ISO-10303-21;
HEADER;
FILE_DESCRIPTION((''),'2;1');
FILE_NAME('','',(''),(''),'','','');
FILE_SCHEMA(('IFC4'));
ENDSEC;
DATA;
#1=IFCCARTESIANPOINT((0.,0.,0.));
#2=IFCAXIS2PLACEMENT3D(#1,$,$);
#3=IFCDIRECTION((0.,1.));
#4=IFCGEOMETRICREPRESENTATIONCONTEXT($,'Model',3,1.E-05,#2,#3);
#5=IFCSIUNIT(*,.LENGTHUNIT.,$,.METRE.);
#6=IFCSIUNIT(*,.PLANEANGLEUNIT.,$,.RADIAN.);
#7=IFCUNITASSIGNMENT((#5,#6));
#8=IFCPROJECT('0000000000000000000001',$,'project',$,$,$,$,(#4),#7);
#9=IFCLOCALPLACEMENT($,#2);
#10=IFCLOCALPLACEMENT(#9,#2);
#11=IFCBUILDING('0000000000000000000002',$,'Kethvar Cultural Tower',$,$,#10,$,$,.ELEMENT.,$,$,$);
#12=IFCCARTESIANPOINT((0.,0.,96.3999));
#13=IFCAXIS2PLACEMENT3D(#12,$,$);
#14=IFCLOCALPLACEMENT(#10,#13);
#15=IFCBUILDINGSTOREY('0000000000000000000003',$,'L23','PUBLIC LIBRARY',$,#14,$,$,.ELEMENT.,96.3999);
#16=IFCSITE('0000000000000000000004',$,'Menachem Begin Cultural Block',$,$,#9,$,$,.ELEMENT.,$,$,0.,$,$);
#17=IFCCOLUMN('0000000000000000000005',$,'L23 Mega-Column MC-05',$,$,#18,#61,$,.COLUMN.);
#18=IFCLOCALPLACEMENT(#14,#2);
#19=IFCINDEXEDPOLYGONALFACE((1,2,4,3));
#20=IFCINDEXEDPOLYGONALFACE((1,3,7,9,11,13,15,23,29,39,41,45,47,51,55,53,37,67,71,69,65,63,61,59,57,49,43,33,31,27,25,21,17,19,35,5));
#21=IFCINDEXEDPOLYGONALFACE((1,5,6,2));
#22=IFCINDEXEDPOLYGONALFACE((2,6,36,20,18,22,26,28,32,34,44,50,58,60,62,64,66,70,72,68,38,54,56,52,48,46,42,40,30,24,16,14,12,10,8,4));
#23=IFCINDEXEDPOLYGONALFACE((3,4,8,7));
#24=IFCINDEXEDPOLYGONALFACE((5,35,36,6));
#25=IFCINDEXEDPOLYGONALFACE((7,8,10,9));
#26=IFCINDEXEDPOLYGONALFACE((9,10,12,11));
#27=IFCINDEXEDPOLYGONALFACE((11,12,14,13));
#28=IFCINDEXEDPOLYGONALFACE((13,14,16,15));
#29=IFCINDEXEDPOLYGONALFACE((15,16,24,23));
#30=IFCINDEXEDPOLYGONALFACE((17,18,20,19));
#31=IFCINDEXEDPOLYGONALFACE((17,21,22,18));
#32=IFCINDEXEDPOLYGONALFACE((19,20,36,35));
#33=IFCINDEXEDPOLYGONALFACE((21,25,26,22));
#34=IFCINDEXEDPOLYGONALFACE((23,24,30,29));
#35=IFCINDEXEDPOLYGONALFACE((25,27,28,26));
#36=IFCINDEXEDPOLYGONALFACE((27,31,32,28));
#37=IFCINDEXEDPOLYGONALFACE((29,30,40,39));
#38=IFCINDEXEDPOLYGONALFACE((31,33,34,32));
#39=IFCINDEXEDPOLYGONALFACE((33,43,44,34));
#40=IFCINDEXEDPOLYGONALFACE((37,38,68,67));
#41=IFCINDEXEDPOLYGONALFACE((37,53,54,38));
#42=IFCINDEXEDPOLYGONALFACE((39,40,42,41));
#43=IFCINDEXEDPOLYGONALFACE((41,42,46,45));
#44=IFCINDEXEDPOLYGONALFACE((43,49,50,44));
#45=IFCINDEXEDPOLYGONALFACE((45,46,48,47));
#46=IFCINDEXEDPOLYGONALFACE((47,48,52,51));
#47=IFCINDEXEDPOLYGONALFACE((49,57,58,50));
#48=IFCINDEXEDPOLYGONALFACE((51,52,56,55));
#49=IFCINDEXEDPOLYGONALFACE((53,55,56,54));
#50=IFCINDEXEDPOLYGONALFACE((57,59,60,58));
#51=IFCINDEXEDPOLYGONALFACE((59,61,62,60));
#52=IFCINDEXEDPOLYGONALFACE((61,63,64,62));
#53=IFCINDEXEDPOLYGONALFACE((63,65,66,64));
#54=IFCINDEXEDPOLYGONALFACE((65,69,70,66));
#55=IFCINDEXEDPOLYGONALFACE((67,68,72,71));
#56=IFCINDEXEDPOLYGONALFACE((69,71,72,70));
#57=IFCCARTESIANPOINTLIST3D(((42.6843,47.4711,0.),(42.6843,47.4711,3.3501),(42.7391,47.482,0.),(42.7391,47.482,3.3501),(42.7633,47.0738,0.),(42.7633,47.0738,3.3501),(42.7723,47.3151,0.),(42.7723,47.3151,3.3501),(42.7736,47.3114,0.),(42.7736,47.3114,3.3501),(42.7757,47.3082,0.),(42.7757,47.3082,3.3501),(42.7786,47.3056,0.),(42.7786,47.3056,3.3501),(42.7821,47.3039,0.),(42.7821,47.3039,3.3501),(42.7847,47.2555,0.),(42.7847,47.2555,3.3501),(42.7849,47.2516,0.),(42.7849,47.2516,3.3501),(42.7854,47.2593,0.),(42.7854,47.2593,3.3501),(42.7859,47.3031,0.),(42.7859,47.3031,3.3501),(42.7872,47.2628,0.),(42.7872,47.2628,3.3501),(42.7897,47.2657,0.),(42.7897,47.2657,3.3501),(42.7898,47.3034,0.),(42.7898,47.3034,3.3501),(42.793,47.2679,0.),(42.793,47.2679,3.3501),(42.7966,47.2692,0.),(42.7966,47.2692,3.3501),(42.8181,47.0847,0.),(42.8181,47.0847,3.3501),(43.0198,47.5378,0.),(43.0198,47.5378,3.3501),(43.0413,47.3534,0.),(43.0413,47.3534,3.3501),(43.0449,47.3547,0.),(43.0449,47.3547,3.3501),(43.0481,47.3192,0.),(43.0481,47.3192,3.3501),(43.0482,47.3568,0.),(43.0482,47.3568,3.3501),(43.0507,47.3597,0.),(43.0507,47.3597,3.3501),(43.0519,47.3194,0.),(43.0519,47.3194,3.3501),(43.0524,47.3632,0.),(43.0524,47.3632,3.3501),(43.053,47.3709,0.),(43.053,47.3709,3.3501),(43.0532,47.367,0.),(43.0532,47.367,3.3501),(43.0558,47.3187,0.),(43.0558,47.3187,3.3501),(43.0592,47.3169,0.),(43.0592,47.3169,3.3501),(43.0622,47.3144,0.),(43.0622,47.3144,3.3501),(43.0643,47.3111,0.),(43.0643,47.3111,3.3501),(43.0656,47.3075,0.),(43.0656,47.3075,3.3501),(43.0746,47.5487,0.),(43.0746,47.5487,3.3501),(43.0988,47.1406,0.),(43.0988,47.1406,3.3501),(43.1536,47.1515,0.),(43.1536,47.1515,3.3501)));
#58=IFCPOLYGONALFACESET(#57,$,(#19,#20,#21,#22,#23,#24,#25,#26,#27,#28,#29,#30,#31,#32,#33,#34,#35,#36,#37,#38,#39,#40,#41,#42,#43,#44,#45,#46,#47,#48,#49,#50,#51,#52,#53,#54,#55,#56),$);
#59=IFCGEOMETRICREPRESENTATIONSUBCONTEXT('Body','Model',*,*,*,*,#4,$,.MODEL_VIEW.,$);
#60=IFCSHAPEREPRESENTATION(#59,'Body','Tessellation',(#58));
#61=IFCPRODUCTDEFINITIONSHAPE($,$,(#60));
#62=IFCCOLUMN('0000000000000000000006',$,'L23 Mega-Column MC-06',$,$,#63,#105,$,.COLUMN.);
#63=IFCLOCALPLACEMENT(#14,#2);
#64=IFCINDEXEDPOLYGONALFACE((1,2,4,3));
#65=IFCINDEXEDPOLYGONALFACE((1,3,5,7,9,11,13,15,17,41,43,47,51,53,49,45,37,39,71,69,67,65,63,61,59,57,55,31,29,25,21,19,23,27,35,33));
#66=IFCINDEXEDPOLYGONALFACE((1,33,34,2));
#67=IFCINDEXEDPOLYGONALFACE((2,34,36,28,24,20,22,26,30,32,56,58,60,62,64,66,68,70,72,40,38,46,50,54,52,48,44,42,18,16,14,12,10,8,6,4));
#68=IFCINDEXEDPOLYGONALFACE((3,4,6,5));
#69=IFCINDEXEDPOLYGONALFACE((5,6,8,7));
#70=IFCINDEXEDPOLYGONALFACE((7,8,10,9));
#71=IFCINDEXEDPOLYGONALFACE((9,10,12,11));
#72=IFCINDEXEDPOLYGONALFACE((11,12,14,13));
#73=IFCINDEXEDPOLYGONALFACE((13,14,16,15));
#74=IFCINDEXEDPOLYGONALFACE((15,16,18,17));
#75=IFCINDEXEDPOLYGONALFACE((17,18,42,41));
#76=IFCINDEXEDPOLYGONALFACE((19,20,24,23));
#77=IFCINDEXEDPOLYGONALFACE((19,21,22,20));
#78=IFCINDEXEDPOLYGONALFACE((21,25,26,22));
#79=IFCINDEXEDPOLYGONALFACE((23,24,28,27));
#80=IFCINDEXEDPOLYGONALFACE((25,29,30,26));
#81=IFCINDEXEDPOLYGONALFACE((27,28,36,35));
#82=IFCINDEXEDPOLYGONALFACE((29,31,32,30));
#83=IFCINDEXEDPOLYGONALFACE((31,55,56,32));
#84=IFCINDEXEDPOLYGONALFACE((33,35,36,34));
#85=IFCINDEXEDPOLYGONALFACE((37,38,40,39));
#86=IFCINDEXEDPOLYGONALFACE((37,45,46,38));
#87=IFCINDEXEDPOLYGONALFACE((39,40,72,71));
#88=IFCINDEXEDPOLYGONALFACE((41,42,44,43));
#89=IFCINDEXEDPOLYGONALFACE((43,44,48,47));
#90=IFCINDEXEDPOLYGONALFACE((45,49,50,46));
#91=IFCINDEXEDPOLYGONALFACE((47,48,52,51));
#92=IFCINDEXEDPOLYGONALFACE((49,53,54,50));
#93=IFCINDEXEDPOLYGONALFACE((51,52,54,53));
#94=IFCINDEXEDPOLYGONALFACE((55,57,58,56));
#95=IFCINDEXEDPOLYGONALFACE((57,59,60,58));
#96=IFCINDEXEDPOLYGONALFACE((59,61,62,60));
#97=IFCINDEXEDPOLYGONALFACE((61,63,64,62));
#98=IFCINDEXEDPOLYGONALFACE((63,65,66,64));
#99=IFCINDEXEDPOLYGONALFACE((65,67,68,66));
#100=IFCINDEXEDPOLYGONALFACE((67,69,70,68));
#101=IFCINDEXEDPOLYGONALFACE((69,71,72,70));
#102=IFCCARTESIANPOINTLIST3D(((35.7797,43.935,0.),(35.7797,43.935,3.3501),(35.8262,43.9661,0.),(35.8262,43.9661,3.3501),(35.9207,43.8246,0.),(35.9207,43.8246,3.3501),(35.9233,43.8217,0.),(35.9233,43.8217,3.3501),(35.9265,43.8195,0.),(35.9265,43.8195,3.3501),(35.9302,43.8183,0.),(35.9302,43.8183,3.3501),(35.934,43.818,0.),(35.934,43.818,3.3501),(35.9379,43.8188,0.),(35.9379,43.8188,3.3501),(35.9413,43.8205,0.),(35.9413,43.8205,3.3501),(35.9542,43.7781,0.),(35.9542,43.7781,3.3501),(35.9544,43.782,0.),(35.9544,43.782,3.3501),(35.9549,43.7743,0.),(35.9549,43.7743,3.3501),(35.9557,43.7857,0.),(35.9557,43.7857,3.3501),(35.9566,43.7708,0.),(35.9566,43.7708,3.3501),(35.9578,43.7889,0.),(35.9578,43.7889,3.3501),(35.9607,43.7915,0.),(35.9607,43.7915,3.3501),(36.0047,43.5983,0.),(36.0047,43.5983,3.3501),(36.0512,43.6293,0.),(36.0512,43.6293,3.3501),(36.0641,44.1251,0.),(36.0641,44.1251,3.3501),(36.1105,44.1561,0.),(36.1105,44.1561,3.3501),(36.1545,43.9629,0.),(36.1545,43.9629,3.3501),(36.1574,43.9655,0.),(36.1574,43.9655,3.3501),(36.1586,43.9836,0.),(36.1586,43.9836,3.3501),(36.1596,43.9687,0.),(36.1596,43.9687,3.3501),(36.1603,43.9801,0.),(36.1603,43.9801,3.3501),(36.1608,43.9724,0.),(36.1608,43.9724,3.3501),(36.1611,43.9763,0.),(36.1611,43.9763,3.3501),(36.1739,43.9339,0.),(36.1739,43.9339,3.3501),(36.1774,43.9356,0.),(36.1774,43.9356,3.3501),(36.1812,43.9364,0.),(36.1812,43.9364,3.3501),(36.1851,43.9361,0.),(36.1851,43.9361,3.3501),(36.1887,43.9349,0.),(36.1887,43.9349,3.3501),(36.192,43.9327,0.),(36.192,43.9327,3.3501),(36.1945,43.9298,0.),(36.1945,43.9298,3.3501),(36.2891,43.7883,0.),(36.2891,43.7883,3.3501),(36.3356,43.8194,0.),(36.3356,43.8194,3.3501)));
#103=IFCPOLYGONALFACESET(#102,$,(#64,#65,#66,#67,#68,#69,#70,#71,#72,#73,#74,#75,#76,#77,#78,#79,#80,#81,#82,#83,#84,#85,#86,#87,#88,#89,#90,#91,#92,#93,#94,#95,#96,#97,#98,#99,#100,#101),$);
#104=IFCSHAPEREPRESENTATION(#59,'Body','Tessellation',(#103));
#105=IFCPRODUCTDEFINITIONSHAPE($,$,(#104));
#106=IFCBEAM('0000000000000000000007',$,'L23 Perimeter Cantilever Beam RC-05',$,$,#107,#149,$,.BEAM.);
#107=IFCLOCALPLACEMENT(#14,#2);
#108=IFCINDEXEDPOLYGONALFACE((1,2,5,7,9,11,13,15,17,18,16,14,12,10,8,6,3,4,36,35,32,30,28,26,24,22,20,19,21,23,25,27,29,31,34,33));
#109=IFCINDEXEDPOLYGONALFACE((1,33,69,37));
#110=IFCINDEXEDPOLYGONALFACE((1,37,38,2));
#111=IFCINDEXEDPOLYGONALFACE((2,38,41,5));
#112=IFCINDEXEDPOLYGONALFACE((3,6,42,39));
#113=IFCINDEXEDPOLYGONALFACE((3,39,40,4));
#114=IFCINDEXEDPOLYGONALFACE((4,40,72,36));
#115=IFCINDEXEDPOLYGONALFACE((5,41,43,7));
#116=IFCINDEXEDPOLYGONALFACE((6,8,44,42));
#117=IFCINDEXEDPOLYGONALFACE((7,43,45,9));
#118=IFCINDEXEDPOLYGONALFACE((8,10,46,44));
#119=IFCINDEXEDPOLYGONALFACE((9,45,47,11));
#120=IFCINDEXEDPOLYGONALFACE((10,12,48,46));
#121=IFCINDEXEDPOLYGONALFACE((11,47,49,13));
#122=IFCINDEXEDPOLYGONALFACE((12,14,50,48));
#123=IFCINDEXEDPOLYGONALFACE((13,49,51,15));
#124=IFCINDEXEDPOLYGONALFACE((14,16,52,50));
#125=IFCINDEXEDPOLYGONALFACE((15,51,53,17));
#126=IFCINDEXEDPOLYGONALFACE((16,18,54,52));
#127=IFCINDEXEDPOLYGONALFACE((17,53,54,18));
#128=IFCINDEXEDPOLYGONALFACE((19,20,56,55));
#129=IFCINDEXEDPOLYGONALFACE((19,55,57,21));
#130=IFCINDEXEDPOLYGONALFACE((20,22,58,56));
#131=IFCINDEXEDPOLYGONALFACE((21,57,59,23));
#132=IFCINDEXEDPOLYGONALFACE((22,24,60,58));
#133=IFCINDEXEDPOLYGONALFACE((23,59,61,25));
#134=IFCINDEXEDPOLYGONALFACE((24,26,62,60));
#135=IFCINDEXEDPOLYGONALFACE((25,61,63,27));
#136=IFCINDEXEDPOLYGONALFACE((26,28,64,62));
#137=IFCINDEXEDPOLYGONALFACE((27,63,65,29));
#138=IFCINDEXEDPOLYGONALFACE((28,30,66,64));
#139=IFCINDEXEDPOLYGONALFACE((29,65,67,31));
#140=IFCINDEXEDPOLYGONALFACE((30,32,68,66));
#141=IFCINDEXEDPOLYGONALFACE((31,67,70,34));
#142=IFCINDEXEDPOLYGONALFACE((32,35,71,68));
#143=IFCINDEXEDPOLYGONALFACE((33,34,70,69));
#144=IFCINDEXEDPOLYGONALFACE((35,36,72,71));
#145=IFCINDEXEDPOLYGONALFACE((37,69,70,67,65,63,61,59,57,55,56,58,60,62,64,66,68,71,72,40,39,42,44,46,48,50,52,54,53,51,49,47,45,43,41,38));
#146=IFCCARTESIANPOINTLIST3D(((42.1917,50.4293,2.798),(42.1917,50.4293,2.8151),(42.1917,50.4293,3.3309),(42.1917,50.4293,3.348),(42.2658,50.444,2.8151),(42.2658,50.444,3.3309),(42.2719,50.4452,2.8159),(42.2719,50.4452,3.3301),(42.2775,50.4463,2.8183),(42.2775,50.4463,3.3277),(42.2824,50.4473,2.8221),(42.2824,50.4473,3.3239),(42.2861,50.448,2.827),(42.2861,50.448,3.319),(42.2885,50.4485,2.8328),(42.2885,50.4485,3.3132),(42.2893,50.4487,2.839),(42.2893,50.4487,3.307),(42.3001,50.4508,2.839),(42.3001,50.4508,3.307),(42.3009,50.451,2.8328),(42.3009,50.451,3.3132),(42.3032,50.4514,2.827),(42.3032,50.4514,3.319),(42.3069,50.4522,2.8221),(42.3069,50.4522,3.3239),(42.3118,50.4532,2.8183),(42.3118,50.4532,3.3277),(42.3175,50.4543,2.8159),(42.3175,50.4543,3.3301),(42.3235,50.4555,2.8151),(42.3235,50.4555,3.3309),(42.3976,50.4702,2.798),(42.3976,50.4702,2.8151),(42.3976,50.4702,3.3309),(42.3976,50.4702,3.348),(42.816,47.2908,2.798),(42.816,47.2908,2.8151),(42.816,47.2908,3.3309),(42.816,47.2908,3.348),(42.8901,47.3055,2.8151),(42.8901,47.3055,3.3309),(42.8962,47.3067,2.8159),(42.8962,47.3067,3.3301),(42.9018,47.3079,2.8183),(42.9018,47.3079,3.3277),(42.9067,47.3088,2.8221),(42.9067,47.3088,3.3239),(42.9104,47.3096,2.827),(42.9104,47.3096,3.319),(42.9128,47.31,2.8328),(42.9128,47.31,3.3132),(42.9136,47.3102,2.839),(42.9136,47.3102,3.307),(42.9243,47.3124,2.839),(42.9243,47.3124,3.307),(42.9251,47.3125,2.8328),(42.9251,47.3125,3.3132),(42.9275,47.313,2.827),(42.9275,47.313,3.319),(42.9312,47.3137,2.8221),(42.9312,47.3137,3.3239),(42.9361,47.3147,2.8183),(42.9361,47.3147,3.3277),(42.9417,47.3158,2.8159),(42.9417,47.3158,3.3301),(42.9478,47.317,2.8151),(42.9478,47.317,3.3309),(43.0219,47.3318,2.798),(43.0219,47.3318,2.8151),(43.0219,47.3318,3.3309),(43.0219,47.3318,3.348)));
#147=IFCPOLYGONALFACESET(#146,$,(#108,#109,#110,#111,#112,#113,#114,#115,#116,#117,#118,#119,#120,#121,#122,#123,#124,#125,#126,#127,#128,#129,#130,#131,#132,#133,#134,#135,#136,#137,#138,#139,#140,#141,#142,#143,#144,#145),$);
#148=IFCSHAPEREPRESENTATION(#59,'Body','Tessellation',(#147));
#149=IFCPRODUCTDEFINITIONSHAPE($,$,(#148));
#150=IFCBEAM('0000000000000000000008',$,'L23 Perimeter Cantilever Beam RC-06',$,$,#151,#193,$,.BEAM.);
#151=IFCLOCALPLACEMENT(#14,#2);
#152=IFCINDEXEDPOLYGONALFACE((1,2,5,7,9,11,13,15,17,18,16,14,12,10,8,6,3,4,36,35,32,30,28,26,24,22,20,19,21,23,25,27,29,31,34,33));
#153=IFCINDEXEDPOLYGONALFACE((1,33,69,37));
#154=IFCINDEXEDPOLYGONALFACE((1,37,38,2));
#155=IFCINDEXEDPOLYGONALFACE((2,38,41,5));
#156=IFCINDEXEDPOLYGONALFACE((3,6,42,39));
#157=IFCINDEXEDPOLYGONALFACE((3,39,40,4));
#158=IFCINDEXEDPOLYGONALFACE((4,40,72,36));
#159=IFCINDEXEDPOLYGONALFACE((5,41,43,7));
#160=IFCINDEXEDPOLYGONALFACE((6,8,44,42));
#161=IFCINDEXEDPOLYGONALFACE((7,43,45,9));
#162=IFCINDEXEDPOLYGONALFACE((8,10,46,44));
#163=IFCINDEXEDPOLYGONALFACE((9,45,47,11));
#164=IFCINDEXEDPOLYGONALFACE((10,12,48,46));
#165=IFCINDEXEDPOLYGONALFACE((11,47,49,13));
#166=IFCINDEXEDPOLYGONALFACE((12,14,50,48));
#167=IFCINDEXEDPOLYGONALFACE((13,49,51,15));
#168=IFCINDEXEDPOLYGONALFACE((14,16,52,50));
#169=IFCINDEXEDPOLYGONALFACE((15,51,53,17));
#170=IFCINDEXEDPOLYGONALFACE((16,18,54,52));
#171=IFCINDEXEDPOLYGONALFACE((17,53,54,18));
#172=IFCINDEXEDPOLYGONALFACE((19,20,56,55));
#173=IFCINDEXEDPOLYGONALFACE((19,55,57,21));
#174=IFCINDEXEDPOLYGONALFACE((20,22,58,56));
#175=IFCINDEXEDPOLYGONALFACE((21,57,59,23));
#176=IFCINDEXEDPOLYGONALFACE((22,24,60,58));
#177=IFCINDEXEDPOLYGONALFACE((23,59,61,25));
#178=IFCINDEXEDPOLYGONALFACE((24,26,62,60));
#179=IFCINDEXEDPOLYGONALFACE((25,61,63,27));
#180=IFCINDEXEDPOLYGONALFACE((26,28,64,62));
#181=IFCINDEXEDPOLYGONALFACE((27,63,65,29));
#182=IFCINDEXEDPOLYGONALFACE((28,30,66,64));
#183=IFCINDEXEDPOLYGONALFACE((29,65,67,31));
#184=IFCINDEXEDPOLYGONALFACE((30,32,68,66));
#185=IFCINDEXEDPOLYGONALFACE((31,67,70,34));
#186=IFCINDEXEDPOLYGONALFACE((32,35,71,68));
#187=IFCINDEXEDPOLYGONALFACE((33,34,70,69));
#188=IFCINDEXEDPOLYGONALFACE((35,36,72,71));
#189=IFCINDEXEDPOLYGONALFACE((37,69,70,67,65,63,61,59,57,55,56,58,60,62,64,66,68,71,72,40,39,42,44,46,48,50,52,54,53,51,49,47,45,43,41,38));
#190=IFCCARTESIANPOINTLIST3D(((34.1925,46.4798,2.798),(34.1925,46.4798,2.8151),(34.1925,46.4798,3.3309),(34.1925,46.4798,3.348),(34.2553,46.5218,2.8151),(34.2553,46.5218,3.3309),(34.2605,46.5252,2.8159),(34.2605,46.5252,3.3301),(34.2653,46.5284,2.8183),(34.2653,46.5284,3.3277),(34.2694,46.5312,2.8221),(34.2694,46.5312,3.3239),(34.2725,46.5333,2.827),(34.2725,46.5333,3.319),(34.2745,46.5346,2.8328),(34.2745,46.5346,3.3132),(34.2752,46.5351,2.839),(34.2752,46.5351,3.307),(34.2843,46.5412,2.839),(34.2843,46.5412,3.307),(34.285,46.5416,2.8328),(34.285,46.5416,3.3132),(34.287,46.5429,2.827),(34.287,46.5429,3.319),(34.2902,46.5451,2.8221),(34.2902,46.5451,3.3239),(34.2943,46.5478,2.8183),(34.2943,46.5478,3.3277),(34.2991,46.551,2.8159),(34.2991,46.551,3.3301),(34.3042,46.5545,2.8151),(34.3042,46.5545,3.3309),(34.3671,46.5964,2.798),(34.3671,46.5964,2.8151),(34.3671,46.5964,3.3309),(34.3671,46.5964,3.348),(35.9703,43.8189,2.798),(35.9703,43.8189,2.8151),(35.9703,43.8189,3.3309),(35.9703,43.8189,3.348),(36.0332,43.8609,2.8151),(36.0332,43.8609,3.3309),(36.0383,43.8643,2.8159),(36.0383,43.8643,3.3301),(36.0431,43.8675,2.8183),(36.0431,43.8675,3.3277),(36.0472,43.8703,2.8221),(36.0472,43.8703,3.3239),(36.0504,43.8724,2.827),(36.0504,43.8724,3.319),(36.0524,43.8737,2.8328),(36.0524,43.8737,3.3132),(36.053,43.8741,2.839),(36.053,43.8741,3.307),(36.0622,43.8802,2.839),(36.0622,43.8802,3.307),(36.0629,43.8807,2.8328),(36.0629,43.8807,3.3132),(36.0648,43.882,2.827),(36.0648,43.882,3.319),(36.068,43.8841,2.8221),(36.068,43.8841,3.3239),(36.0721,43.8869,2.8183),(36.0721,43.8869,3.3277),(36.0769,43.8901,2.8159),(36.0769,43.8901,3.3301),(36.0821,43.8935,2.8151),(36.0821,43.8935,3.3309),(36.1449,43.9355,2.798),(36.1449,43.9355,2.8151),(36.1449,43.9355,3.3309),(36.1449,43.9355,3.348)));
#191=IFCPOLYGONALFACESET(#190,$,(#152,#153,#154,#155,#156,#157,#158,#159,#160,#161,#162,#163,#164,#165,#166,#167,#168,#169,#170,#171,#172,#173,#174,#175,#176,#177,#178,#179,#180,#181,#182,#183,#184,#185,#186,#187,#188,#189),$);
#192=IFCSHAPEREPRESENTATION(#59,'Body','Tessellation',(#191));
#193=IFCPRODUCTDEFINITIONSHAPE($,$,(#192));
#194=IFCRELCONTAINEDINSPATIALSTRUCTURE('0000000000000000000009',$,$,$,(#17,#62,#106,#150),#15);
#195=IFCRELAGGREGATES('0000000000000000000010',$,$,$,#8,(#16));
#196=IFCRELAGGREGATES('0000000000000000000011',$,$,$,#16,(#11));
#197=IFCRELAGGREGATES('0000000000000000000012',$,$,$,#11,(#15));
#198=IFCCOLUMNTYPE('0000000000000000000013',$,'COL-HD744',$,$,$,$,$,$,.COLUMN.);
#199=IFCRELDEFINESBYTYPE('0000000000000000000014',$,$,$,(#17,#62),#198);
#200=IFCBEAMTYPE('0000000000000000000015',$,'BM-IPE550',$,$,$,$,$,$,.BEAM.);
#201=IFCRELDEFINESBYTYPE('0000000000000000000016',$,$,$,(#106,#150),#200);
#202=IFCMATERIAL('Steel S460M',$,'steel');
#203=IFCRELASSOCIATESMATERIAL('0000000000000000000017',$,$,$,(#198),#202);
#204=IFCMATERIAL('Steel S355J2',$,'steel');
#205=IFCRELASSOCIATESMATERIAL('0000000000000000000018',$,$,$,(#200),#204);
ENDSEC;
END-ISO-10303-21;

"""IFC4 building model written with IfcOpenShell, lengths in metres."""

from ifc_helpers import new_model, si_unit, direction, frame, origin, origin_2d, place, context, subcontext, project, spatial, i_section, extrude, source, transform, mapped, material, material_profile, profile_set, type_object, element, save


model = new_model("IFC4")

# Units and contexts
model_context = context("Model", 3, precision=1e-05, world=origin(), true_north=direction((0.0, 1.0)))
body_context = subcontext(model_context, "Body", "Model", "MODEL_VIEW")
ifc_project = project(units=[si_unit("LENGTHUNIT", "METRE"), si_unit("PLANEANGLEUNIT", "RADIAN")], contexts=[model_context])

# Site, building, storey
site_placement = place(None, origin())
site = spatial("IfcSite", under=ifc_project, at=site_placement, Name="Menachem Begin Cultural Block", CompositionType="ELEMENT", RefElevation=0.0)
building_placement = place(site_placement, origin())
building = spatial("IfcBuilding", under=site, at=building_placement, Name="Kethvar Cultural Tower", CompositionType="ELEMENT")
storey_placement = place(building_placement, frame((0.0, 0.0, 96.3999)))
storey = spatial("IfcBuildingStorey", under=building, at=storey_placement, Name="L23", Description="PUBLIC LIBRARY", CompositionType="ELEMENT", Elevation=96.3999)

# Columns
ifc_material_1 = material(Name="Steel S460M", Category="steel")
ifc_material_profile_1 = material_profile(ifc_material_1, i_section(OverallWidth=0.405, OverallDepth=0.3979, WebThickness=0.0349, FlangeThickness=0.0559, FilletRadius=0.0149, at=origin_2d()), Name="Steel S460M — HD400x744")
ifc_profile_set_1 = profile_set([ifc_material_profile_1], Name="Steel S460M — HD400x744")
column_type = type_object("IfcColumnType", Name="COL-HD744", PredefinedType="COLUMN", material=ifc_profile_set_1)
shared_shape_1 = source(origin(), body_context, "Body", "SweptSolid", [
    extrude(i_section(OverallWidth=0.405, OverallDepth=0.3979, WebThickness=0.0349, FlangeThickness=0.0559, FilletRadius=0.0149, at=origin_2d()), origin(), (0.0, 0.0, 1.0), 3.3501),
])
for number, where, z_axis, x_axis, name in (
    (1, (42.9189, 47.3113, 0.0), (0.0, 0.0, 1.0), (-0.19509, 0.980785, 0.0), "L23 Mega-Column MC-05"),
    (2, (36.0576, 43.8772, 0.0), (0.0, 0.0, 1.0), (-0.55557, 0.83147, 0.0), "L23 Mega-Column MC-06"),
):
    element("IfcColumn", number, at=place(storey_placement, frame(where, z_axis=z_axis, x_axis=x_axis)), inside=storey, type_object=column_type, Name=name, PredefinedType="COLUMN", context=body_context, shape_type="MappedRepresentation", body=[
        mapped(shared_shape_1, transform((0.0, 0.0, 0.0), scale=1.0)),
    ])

# Beams
ifc_material_2 = material(Name="Steel S355J2", Category="steel")
ifc_material_profile_2 = material_profile(ifc_material_2, i_section(OverallWidth=0.21, OverallDepth=0.55, WebThickness=0.011, FlangeThickness=0.0171, FilletRadius=0.0239, at=origin_2d()), Name="Steel S355J2 — IPE550")
ifc_profile_set_2 = profile_set([ifc_material_profile_2], Name="Steel S355J2 — IPE550")
beam_type_1 = type_object("IfcBeamType", Name="BM-IPE550", PredefinedType="BEAM", material=ifc_profile_set_2)
shared_shape_2 = source(origin(), body_context, "Body", "SweptSolid", [
    extrude(i_section(OverallWidth=0.21, OverallDepth=0.55, WebThickness=0.011, FlangeThickness=0.0171, FilletRadius=0.0239, at=origin_2d()), origin(), (0.0, 0.0, 1.0), 3.2),
])
beam_1_placement = place(storey_placement, frame((42.9189, 47.3113, 3.073), z_axis=(-0.195089, 0.980786, 0.0), x_axis=(-0.980786, -0.195089, 0.0)))
element("IfcBeam", 3, at=beam_1_placement, inside=storey, type_object=beam_type_1, Name="L23 Perimeter Cantilever Beam RC-05", PredefinedType="BEAM", context=body_context, shape_type="MappedRepresentation", body=[
    mapped(shared_shape_2, transform((0.0, 0.0, 0.0), scale=1.0)),
])
shared_shape_3 = source(origin(), body_context, "Body", "SweptSolid", [
    extrude(i_section(OverallWidth=0.21, OverallDepth=0.55, WebThickness=0.011, FlangeThickness=0.0171, FilletRadius=0.0239, at=origin_2d()), origin(), (0.0, 0.0, 1.0), 3.2002),
])
beam_2_placement = place(storey_placement, frame((36.0576, 43.8772, 3.073), z_axis=(-0.555545, 0.831486, 0.0), x_axis=(-0.831486, -0.555545, 0.0)))
element("IfcBeam", 4, at=beam_2_placement, inside=storey, type_object=beam_type_1, Name="L23 Perimeter Cantilever Beam RC-06", PredefinedType="BEAM", context=body_context, shape_type="MappedRepresentation", body=[
    mapped(shared_shape_3, transform((0.0, 0.0, 0.0), scale=1.0)),
])

save(model, "model.ifc")
